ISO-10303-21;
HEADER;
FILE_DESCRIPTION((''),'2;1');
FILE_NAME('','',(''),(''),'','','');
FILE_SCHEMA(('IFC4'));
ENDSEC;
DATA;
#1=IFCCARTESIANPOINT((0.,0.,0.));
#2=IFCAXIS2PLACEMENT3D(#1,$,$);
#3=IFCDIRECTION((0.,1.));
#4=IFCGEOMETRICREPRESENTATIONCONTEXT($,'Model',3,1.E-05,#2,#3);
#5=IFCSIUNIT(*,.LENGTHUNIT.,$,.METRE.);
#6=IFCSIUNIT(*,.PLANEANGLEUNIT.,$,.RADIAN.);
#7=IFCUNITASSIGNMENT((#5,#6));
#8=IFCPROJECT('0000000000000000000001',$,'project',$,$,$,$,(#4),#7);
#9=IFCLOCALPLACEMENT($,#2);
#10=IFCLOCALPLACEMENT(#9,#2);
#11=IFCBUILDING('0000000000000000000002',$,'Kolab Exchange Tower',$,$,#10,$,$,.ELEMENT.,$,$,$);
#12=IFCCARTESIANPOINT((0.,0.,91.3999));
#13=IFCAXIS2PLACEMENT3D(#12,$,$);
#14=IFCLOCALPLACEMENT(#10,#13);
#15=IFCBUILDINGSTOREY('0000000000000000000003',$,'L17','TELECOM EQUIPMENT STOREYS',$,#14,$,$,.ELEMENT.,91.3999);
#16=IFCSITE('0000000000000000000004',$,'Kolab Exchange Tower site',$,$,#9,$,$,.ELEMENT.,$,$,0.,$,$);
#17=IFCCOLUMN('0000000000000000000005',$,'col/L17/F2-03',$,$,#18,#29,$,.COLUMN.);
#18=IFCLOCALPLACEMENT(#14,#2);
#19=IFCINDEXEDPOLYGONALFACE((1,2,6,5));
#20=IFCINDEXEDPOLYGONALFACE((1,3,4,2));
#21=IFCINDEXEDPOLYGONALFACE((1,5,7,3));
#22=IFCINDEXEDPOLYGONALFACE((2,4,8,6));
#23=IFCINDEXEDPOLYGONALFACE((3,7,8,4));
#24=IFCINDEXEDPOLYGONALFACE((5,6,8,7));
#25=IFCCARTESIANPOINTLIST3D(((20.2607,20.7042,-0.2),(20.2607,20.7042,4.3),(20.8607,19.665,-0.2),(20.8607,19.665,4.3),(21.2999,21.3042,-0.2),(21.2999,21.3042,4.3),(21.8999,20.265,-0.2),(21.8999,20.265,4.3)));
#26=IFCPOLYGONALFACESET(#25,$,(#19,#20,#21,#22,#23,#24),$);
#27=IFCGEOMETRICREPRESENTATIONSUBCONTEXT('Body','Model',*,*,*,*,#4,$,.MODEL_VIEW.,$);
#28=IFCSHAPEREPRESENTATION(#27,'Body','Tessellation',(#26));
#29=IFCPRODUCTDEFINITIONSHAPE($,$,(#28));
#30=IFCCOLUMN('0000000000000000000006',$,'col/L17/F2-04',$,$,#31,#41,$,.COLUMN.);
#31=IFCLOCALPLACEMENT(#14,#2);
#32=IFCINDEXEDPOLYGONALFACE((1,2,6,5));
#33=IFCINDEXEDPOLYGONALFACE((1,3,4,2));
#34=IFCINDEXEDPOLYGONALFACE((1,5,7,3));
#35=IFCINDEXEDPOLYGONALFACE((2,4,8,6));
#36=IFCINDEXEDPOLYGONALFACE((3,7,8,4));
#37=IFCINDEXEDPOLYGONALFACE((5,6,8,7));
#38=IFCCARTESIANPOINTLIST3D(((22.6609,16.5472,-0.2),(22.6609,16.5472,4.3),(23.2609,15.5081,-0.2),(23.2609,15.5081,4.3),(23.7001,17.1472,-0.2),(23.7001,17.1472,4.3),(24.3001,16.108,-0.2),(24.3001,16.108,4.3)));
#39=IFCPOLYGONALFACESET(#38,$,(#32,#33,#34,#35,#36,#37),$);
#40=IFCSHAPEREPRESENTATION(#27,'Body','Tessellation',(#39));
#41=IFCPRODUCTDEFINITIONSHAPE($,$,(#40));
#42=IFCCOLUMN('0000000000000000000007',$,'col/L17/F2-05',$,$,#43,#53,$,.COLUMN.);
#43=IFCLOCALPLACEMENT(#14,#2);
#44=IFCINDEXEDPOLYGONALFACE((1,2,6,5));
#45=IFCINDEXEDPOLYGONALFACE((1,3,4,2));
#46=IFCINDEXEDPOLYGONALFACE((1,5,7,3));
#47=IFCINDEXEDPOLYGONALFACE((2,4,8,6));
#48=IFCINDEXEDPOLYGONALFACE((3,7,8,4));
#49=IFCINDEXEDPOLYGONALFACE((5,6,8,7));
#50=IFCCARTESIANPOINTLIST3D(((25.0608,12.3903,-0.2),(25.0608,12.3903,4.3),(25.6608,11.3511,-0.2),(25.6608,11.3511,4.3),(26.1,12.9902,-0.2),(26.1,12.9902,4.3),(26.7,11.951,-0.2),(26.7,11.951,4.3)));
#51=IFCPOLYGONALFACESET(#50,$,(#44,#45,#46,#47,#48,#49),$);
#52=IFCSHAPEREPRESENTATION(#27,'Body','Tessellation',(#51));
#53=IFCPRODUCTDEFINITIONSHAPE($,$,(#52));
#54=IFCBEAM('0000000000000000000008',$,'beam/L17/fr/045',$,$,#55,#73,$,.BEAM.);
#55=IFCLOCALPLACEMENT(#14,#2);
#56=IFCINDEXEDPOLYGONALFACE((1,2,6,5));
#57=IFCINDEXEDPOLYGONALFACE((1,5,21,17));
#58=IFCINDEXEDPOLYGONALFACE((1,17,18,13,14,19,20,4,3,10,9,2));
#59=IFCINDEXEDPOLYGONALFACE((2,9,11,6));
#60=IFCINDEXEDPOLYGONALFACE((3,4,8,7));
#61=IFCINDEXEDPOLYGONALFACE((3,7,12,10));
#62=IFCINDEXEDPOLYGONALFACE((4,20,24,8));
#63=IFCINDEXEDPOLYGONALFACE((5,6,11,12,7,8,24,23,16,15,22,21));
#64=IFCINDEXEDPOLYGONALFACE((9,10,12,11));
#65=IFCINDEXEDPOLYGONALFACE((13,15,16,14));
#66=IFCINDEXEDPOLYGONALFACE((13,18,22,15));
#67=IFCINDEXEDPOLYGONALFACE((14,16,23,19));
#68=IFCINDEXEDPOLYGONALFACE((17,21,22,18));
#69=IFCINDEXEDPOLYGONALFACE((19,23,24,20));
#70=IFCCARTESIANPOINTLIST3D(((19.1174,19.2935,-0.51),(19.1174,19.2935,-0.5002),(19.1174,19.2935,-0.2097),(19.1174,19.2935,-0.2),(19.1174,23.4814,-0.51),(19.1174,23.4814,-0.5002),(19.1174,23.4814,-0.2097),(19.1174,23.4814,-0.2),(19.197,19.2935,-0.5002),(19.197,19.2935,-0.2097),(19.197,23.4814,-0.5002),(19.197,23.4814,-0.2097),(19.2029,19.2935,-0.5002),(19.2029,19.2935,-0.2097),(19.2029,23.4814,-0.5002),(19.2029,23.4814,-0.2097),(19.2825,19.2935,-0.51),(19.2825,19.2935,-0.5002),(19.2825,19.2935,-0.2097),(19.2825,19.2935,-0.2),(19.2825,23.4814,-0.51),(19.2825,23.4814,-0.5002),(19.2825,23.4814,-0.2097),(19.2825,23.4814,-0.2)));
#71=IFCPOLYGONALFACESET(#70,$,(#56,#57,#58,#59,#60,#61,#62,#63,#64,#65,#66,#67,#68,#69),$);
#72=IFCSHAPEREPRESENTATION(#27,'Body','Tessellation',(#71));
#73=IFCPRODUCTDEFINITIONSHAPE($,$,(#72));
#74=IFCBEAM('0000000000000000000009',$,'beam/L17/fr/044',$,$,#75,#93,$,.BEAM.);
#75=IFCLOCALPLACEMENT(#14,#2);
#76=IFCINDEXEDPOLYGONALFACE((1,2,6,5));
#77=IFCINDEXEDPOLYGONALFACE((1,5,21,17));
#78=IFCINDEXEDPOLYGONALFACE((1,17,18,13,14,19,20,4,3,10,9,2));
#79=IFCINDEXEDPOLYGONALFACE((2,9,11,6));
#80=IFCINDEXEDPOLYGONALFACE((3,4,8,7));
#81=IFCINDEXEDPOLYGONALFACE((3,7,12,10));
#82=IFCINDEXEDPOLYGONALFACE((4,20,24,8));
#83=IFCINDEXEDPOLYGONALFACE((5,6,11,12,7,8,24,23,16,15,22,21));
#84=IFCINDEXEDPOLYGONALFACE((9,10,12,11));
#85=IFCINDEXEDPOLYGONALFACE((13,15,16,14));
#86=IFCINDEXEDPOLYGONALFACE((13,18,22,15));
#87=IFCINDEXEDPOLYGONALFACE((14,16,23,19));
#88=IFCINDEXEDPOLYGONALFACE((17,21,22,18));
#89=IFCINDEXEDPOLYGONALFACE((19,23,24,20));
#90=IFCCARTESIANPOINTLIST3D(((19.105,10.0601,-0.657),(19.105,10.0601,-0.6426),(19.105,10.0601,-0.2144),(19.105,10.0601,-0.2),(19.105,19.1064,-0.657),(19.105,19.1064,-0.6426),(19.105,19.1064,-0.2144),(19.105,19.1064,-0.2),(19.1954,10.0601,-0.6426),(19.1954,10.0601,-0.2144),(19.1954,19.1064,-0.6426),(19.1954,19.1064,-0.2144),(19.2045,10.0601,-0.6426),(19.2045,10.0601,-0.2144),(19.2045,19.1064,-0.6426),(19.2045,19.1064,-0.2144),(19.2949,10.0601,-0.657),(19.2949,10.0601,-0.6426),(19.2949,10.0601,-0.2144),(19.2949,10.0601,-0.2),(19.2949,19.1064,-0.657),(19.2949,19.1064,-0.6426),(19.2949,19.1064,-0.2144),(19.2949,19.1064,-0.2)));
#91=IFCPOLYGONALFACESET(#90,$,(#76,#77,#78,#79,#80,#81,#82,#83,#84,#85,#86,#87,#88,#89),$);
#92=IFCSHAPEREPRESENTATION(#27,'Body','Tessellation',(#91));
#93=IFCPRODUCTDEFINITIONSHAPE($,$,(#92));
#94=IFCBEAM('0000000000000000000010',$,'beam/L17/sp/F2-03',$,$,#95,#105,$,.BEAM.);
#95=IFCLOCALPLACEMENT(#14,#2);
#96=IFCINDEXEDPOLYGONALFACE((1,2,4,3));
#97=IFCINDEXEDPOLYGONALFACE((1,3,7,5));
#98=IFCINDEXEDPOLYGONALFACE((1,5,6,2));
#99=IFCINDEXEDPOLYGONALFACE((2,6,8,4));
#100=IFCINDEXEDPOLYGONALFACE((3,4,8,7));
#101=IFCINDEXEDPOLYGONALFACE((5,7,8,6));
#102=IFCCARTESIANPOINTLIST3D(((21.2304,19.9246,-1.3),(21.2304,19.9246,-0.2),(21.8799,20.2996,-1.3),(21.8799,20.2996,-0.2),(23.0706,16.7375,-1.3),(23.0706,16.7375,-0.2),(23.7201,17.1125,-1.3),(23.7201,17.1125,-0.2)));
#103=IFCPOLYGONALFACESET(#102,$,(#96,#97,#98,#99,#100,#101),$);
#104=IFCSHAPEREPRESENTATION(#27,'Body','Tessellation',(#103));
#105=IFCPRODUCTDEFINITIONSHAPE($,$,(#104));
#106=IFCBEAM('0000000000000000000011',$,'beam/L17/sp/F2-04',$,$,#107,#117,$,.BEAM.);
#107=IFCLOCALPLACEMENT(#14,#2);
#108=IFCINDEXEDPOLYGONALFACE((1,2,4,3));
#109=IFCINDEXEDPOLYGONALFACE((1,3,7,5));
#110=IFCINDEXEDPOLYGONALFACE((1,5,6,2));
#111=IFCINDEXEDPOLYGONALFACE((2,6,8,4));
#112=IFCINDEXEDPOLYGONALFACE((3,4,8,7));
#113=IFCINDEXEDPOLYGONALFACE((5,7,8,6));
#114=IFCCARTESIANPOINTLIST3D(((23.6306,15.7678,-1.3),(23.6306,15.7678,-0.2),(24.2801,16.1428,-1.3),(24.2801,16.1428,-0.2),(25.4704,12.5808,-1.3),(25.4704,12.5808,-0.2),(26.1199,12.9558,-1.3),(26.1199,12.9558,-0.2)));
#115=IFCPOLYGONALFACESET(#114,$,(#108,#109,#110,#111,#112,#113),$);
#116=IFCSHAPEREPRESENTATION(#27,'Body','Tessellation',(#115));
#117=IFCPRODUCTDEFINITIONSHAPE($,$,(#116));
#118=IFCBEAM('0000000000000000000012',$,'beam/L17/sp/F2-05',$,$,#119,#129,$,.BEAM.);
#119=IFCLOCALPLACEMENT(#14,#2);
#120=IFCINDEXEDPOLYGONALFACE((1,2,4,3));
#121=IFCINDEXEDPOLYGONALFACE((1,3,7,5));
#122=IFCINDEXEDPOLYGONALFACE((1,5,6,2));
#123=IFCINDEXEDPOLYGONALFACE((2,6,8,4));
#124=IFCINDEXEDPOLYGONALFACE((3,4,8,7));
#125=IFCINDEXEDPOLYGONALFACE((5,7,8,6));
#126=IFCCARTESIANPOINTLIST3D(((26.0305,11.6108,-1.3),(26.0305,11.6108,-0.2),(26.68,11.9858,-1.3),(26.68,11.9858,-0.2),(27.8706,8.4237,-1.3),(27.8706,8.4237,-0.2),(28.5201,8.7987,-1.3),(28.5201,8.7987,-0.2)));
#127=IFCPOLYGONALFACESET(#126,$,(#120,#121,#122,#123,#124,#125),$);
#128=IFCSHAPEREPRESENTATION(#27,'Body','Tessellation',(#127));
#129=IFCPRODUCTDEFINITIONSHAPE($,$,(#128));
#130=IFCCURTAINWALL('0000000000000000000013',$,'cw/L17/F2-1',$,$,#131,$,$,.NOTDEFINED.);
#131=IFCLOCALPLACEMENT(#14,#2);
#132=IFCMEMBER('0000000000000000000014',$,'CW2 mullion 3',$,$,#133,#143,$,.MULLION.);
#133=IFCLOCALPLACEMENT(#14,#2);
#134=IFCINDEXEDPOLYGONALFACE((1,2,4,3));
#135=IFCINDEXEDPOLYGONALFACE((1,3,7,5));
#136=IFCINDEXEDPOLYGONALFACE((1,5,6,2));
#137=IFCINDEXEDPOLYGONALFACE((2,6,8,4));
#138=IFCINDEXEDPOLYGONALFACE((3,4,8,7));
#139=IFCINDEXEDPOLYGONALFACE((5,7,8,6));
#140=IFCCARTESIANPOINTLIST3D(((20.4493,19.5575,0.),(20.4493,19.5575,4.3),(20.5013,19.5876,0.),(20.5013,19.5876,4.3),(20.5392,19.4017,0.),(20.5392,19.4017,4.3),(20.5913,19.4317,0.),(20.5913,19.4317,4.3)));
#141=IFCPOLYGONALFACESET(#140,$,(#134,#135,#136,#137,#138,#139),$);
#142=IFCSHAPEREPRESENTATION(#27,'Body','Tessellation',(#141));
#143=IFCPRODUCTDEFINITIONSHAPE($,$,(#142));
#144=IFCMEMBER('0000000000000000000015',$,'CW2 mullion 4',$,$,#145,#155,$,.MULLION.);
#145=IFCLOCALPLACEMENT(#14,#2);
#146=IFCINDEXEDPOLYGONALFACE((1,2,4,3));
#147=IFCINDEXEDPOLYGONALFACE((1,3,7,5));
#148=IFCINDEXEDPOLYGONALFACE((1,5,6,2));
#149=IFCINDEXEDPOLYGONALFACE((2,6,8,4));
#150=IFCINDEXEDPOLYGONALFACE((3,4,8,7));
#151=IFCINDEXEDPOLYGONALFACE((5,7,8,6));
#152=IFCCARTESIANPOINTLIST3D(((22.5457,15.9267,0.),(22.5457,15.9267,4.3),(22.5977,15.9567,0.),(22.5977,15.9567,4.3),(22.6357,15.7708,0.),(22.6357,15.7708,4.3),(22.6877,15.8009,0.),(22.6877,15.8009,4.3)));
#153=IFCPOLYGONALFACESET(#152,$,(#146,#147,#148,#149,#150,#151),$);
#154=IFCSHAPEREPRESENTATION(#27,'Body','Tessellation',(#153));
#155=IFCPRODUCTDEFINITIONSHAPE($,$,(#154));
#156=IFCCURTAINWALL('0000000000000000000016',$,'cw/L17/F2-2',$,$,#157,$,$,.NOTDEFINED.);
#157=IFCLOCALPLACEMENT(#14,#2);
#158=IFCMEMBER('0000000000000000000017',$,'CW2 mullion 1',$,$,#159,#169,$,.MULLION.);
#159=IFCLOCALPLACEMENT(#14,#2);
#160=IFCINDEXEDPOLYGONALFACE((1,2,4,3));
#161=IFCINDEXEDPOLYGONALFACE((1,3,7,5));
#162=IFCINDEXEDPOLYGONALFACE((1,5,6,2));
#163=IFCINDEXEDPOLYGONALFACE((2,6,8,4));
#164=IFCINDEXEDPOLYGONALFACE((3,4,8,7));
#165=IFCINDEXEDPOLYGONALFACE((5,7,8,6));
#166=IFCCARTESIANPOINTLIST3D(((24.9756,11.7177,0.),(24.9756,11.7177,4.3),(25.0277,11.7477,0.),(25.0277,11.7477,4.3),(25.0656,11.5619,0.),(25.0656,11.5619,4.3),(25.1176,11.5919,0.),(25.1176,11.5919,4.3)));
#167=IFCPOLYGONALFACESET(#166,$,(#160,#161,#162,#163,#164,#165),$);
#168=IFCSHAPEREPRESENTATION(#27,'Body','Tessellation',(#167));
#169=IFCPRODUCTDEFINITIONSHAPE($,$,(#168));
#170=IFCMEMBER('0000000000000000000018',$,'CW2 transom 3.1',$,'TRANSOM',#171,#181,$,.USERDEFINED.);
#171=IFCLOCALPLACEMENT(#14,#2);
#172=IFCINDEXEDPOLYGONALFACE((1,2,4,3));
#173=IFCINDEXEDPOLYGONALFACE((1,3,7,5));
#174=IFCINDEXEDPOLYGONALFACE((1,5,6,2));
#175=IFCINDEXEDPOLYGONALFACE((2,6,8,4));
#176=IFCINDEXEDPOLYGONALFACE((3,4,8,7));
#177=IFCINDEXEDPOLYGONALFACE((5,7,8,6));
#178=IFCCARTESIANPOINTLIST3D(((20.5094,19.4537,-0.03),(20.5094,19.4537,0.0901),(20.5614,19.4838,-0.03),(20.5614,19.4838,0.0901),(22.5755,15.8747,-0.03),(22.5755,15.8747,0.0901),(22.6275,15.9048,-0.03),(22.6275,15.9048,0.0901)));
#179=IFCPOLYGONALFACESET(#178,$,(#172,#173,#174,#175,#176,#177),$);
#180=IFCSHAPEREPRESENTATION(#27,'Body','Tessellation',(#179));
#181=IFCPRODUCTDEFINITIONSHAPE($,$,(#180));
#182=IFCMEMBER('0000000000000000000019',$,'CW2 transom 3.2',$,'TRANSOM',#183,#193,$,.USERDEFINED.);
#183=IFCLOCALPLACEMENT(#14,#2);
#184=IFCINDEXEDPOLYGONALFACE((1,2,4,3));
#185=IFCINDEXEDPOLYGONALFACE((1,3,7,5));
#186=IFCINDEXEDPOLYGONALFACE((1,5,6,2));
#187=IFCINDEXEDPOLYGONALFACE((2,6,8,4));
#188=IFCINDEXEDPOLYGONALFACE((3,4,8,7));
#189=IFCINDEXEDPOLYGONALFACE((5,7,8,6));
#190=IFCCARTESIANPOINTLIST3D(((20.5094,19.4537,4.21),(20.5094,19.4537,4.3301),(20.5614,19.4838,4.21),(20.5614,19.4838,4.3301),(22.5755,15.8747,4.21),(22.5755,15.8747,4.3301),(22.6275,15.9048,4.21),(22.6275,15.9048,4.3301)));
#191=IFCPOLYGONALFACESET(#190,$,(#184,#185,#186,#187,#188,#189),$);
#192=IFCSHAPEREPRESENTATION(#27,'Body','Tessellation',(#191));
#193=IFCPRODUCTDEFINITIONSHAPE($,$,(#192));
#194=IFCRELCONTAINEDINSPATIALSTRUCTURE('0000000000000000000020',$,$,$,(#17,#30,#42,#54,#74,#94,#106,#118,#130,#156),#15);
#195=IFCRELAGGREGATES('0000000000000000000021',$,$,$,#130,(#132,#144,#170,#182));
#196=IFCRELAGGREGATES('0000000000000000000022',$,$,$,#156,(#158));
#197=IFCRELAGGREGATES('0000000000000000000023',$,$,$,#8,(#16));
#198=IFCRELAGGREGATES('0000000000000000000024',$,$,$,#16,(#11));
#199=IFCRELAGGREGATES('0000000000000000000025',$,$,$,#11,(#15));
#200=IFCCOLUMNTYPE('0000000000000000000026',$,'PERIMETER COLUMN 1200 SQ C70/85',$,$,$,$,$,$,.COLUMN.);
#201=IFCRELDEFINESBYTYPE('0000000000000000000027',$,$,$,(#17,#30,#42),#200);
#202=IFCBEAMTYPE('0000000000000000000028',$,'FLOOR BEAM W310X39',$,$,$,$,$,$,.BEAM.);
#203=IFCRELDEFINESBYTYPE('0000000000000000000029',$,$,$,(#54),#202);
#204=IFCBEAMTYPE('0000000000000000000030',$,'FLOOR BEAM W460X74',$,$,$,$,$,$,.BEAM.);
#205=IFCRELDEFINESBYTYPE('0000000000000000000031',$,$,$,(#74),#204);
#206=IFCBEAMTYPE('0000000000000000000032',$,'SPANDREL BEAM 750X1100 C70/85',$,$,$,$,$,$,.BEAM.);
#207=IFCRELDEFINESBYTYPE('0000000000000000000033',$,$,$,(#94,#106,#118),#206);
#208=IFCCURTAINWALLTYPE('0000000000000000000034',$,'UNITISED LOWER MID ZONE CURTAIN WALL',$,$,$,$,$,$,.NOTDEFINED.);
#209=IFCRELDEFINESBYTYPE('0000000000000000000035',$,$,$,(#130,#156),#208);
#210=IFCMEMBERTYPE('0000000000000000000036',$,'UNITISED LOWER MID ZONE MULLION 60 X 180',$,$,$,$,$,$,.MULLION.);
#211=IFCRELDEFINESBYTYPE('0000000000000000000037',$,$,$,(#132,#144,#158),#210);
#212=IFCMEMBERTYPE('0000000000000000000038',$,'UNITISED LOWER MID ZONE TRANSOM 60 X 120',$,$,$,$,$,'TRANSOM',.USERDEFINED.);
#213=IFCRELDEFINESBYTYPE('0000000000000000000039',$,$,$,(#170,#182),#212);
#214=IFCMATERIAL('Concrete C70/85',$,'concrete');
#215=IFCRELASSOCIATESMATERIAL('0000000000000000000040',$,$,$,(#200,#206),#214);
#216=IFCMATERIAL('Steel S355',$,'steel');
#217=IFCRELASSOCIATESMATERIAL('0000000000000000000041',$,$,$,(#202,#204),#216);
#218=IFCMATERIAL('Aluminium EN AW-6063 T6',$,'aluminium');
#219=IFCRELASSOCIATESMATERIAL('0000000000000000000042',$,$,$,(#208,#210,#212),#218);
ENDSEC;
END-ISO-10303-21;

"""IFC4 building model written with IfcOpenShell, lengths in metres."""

from ifc_helpers import new_model, si_unit, direction, frame, origin, origin_2d, place, context, subcontext, project, spatial, rectangle, i_section, extrude, material, material_profile, profile_set, type_object, element, aggregate, save


model = new_model("IFC4")

# Units and contexts
model_context = context("Model", 3, precision=1e-05, world=origin(), true_north=direction((0.0, 1.0)))
body_context = subcontext(model_context, "Body", "Model", "MODEL_VIEW")
ifc_project = project(units=[si_unit("LENGTHUNIT", "METRE"), si_unit("PLANEANGLEUNIT", "RADIAN")], contexts=[model_context])

# Site, building, storey
site_placement = place(None, origin())
site = spatial("IfcSite", under=ifc_project, at=site_placement, Name="Kolab Exchange Tower site", CompositionType="ELEMENT", RefElevation=0.0)
building_placement = place(site_placement, origin())
building = spatial("IfcBuilding", under=site, at=building_placement, Name="Kolab Exchange Tower", CompositionType="ELEMENT")
storey_placement = place(building_placement, frame((0.0, 0.0, 91.3999)))
storey = spatial("IfcBuildingStorey", under=building, at=storey_placement, Name="L17", Description="TELECOM EQUIPMENT STOREYS", CompositionType="ELEMENT", Elevation=91.3999)

# Columns
ifc_material_1 = material(Name="Concrete C70/85", Category="concrete")
ifc_material_profile_1 = material_profile(ifc_material_1, rectangle(XDim=1.2, YDim=1.2, at=origin_2d()), Name="RC1200")
ifc_profile_set_1 = profile_set([ifc_material_profile_1], Name="Concrete C70/85")
column_type = type_object("IfcColumnType", Name="PERIMETER COLUMN 1200 SQ C70/85", PredefinedType="COLUMN", material=ifc_profile_set_1)
for number, where, z_axis, x_axis, name in (
    (1, (21.0803, 20.4846, -0.2), (0.0, 0.0, 1.0), (0.866025, 0.5, 0.0), "col/L17/F2-03"),
    (2, (23.4805, 16.3276, -0.2), (0.0, 0.0, 1.0), (0.866025, 0.5, 0.0), "col/L17/F2-04"),
    (3, (25.8804, 12.1707, -0.2), (0.0, 0.0, 1.0), (0.866025, 0.5, 0.0), "col/L17/F2-05"),
):
    element("IfcColumn", number, at=place(storey_placement, frame(where, z_axis=z_axis, x_axis=x_axis)), inside=storey, type_object=column_type, Name=name, PredefinedType="COLUMN", context=body_context, shape_type="SweptSolid", body=[
        extrude(rectangle(XDim=1.2, YDim=1.2, at=origin_2d()), origin(), (0.0, 0.0, 1.0), 4.5),
    ])

# Beams
ifc_material_2 = material(Name="Steel S355", Category="steel")
ifc_material_profile_2 = material_profile(ifc_material_2, i_section(OverallWidth=0.165, OverallDepth=0.3101, WebThickness=0.0059, FlangeThickness=0.0098, at=origin_2d()), Name="W310X39")
ifc_profile_set_2 = profile_set([ifc_material_profile_2], Name="Steel S355")
beam_type_1 = type_object("IfcBeamType", Name="FLOOR BEAM W310X39", PredefinedType="BEAM", material=ifc_profile_set_2)
beam_1_placement = place(storey_placement, frame((19.2, 19.2935, -0.355), z_axis=(0.0, 1.0, 0.0), x_axis=(-1.0, 0.0, 0.0)))
element("IfcBeam", 4, at=beam_1_placement, inside=storey, type_object=beam_type_1, Name="beam/L17/fr/045", PredefinedType="BEAM", context=body_context, shape_type="SweptSolid", body=[
    extrude(i_section(OverallWidth=0.165, OverallDepth=0.3101, WebThickness=0.0059, FlangeThickness=0.0098, at=origin_2d()), origin(), (0.0, 0.0, 1.0), 4.188),
])
ifc_material_profile_3 = material_profile(ifc_material_2, i_section(OverallWidth=0.1899, OverallDepth=0.457, WebThickness=0.009, FlangeThickness=0.0144, at=origin_2d()), Name="W460X74")
ifc_profile_set_3 = profile_set([ifc_material_profile_3], Name="Steel S355")
beam_type_2 = type_object("IfcBeamType", Name="FLOOR BEAM W460X74", PredefinedType="BEAM", material=ifc_profile_set_3)
beam_2_placement = place(storey_placement, frame((19.2, 10.0601, -0.4285), z_axis=(0.0, 1.0, 0.0), x_axis=(-1.0, 0.0, 0.0)))
element("IfcBeam", 5, at=beam_2_placement, inside=storey, type_object=beam_type_2, Name="beam/L17/fr/044", PredefinedType="BEAM", context=body_context, shape_type="SweptSolid", body=[
    extrude(i_section(OverallWidth=0.1899, OverallDepth=0.457, WebThickness=0.009, FlangeThickness=0.0144, at=origin_2d()), origin(), (0.0, 0.0, 1.0), 9.0464),
])
ifc_material_profile_4 = material_profile(ifc_material_1, rectangle(XDim=0.75, YDim=1.1001, at=origin_2d()), Name="RC750X1100")
ifc_profile_set_4 = profile_set([ifc_material_profile_4], Name="Concrete C70/85")
beam_type_3 = type_object("IfcBeamType", Name="SPANDREL BEAM 750X1100 C70/85", PredefinedType="BEAM", material=ifc_profile_set_4)
beam_3_placement = place(storey_placement, frame((21.5552, 20.1121, -0.75), z_axis=(0.500013, -0.866018, 0.0), x_axis=(0.866018, 0.500013, 0.0)))
element("IfcBeam", 6, at=beam_3_placement, inside=storey, type_object=beam_type_3, Name="beam/L17/sp/F2-03", PredefinedType="BEAM", context=body_context, shape_type="SweptSolid", body=[
    extrude(rectangle(XDim=0.75, YDim=1.1001, at=origin_2d()), origin(), (0.0, 0.0, 1.0), 3.6802),
])
beam_4_placement = place(storey_placement, frame((23.9553, 15.9553, -0.75), z_axis=(0.499964, -0.866046, 0.0), x_axis=(0.866046, 0.499964, 0.0)))
element("IfcBeam", 7, at=beam_4_placement, inside=storey, type_object=beam_type_3, Name="beam/L17/sp/F2-04", PredefinedType="BEAM", context=body_context, shape_type="SweptSolid", body=[
    extrude(rectangle(XDim=0.75, YDim=1.1001, at=origin_2d()), origin(), (0.0, 0.0, 1.0), 3.6799),
])
beam_5_placement = place(storey_placement, frame((26.3552, 11.7983, -0.75), z_axis=(0.500013, -0.866018, 0.0), x_axis=(0.866018, 0.500013, 0.0)))
element("IfcBeam", 8, at=beam_5_placement, inside=storey, type_object=beam_type_3, Name="beam/L17/sp/F2-05", PredefinedType="BEAM", context=body_context, shape_type="SweptSolid", body=[
    extrude(rectangle(XDim=0.75, YDim=1.1001, at=origin_2d()), origin(), (0.0, 0.0, 1.0), 3.6802),
])

# Curtain wall, members
ifc_material_3 = material(Name="Aluminium EN AW-6063 T6", Category="aluminium")
curtain_wall_type = type_object("IfcCurtainWallType", Name="UNITISED LOWER MID ZONE CURTAIN WALL", PredefinedType="NOTDEFINED", material=ifc_material_3)
curtain_wall_1_placement = place(storey_placement, origin())
curtain_wall_1 = element("IfcCurtainWall", 9, at=curtain_wall_1_placement, inside=storey, type_object=curtain_wall_type, Name="cw/L17/F2-1", PredefinedType="NOTDEFINED")
ifc_material_profile_5 = material_profile(ifc_material_3, rectangle(XDim=0.0601, YDim=0.1799, at=origin_2d()), Name="RECT 60X180")
ifc_profile_set_5 = profile_set([ifc_material_profile_5], Name="Aluminium EN AW-6063 T6")
member_type_1 = type_object("IfcMemberType", Name="UNITISED LOWER MID ZONE MULLION 60 X 180", PredefinedType="MULLION", material=ifc_profile_set_5)
member_1_placement = place(storey_placement, frame((20.5203, 19.4946, 0.0), z_axis=(0.0, 0.0, 1.0), x_axis=(0.866025, 0.5, 0.0)))
member_1 = element("IfcMember", 10, at=member_1_placement, type_object=member_type_1, Name="CW2 mullion 3", PredefinedType="MULLION", context=body_context, shape_type="SweptSolid", body=[
    extrude(rectangle(XDim=0.0601, YDim=0.1799, at=origin_2d()), origin(), (0.0, 0.0, 1.0), 4.3),
])
member_2_placement = place(storey_placement, frame((22.6167, 15.8638, 0.0), z_axis=(0.0, 0.0, 1.0), x_axis=(0.866025, 0.5, 0.0)))
member_2 = element("IfcMember", 11, at=member_2_placement, type_object=member_type_1, Name="CW2 mullion 4", PredefinedType="MULLION", context=body_context, shape_type="SweptSolid", body=[
    extrude(rectangle(XDim=0.0601, YDim=0.1799, at=origin_2d()), origin(), (0.0, 0.0, 1.0), 4.3),
])

# Curtain wall, member
curtain_wall_2_placement = place(storey_placement, origin())
curtain_wall_2 = element("IfcCurtainWall", 12, at=curtain_wall_2_placement, inside=storey, type_object=curtain_wall_type, Name="cw/L17/F2-2", PredefinedType="NOTDEFINED")
member_3_placement = place(storey_placement, frame((25.0466, 11.6548, 0.0), z_axis=(0.0, 0.0, 1.0), x_axis=(0.866025, 0.5, 0.0)))
member_3 = element("IfcMember", 13, at=member_3_placement, type_object=member_type_1, Name="CW2 mullion 1", PredefinedType="MULLION", context=body_context, shape_type="SweptSolid", body=[
    extrude(rectangle(XDim=0.0601, YDim=0.1799, at=origin_2d()), origin(), (0.0, 0.0, 1.0), 4.3),
])

# Members
ifc_material_profile_6 = material_profile(ifc_material_3, rectangle(XDim=0.0601, YDim=0.1201, at=origin_2d()), Name="RECT 60X120")
ifc_profile_set_6 = profile_set([ifc_material_profile_6], Name="Aluminium EN AW-6063 T6")
member_type_2 = type_object("IfcMemberType", Name="UNITISED LOWER MID ZONE TRANSOM 60 X 120", ElementType="TRANSOM", PredefinedType="USERDEFINED", material=ifc_profile_set_6)
member_4_placement = place(storey_placement, frame((20.5354, 19.4688, 0.03), z_axis=(0.499958, -0.86605, 0.0), x_axis=(0.86605, 0.499958, 0.0)))
member_4 = element("IfcMember", 14, at=member_4_placement, type_object=member_type_2, Name="CW2 transom 3.1", ObjectType="TRANSOM", PredefinedType="USERDEFINED", context=body_context, shape_type="SweptSolid", body=[
    extrude(rectangle(XDim=0.0601, YDim=0.1201, at=origin_2d()), origin(), (0.0, 0.0, 1.0), 4.1326),
])
member_5_placement = place(storey_placement, frame((20.5354, 19.4688, 4.27), z_axis=(0.499958, -0.86605, 0.0), x_axis=(0.86605, 0.499958, 0.0)))
member_5 = element("IfcMember", 15, at=member_5_placement, type_object=member_type_2, Name="CW2 transom 3.2", ObjectType="TRANSOM", PredefinedType="USERDEFINED", context=body_context, shape_type="SweptSolid", body=[
    extrude(rectangle(XDim=0.0601, YDim=0.1201, at=origin_2d()), origin(), (0.0, 0.0, 1.0), 4.1326),
])

aggregate(curtain_wall_1, [member_1, member_2, member_4, member_5])
aggregate(curtain_wall_2, [member_3])

save(model, "model.ifc")
